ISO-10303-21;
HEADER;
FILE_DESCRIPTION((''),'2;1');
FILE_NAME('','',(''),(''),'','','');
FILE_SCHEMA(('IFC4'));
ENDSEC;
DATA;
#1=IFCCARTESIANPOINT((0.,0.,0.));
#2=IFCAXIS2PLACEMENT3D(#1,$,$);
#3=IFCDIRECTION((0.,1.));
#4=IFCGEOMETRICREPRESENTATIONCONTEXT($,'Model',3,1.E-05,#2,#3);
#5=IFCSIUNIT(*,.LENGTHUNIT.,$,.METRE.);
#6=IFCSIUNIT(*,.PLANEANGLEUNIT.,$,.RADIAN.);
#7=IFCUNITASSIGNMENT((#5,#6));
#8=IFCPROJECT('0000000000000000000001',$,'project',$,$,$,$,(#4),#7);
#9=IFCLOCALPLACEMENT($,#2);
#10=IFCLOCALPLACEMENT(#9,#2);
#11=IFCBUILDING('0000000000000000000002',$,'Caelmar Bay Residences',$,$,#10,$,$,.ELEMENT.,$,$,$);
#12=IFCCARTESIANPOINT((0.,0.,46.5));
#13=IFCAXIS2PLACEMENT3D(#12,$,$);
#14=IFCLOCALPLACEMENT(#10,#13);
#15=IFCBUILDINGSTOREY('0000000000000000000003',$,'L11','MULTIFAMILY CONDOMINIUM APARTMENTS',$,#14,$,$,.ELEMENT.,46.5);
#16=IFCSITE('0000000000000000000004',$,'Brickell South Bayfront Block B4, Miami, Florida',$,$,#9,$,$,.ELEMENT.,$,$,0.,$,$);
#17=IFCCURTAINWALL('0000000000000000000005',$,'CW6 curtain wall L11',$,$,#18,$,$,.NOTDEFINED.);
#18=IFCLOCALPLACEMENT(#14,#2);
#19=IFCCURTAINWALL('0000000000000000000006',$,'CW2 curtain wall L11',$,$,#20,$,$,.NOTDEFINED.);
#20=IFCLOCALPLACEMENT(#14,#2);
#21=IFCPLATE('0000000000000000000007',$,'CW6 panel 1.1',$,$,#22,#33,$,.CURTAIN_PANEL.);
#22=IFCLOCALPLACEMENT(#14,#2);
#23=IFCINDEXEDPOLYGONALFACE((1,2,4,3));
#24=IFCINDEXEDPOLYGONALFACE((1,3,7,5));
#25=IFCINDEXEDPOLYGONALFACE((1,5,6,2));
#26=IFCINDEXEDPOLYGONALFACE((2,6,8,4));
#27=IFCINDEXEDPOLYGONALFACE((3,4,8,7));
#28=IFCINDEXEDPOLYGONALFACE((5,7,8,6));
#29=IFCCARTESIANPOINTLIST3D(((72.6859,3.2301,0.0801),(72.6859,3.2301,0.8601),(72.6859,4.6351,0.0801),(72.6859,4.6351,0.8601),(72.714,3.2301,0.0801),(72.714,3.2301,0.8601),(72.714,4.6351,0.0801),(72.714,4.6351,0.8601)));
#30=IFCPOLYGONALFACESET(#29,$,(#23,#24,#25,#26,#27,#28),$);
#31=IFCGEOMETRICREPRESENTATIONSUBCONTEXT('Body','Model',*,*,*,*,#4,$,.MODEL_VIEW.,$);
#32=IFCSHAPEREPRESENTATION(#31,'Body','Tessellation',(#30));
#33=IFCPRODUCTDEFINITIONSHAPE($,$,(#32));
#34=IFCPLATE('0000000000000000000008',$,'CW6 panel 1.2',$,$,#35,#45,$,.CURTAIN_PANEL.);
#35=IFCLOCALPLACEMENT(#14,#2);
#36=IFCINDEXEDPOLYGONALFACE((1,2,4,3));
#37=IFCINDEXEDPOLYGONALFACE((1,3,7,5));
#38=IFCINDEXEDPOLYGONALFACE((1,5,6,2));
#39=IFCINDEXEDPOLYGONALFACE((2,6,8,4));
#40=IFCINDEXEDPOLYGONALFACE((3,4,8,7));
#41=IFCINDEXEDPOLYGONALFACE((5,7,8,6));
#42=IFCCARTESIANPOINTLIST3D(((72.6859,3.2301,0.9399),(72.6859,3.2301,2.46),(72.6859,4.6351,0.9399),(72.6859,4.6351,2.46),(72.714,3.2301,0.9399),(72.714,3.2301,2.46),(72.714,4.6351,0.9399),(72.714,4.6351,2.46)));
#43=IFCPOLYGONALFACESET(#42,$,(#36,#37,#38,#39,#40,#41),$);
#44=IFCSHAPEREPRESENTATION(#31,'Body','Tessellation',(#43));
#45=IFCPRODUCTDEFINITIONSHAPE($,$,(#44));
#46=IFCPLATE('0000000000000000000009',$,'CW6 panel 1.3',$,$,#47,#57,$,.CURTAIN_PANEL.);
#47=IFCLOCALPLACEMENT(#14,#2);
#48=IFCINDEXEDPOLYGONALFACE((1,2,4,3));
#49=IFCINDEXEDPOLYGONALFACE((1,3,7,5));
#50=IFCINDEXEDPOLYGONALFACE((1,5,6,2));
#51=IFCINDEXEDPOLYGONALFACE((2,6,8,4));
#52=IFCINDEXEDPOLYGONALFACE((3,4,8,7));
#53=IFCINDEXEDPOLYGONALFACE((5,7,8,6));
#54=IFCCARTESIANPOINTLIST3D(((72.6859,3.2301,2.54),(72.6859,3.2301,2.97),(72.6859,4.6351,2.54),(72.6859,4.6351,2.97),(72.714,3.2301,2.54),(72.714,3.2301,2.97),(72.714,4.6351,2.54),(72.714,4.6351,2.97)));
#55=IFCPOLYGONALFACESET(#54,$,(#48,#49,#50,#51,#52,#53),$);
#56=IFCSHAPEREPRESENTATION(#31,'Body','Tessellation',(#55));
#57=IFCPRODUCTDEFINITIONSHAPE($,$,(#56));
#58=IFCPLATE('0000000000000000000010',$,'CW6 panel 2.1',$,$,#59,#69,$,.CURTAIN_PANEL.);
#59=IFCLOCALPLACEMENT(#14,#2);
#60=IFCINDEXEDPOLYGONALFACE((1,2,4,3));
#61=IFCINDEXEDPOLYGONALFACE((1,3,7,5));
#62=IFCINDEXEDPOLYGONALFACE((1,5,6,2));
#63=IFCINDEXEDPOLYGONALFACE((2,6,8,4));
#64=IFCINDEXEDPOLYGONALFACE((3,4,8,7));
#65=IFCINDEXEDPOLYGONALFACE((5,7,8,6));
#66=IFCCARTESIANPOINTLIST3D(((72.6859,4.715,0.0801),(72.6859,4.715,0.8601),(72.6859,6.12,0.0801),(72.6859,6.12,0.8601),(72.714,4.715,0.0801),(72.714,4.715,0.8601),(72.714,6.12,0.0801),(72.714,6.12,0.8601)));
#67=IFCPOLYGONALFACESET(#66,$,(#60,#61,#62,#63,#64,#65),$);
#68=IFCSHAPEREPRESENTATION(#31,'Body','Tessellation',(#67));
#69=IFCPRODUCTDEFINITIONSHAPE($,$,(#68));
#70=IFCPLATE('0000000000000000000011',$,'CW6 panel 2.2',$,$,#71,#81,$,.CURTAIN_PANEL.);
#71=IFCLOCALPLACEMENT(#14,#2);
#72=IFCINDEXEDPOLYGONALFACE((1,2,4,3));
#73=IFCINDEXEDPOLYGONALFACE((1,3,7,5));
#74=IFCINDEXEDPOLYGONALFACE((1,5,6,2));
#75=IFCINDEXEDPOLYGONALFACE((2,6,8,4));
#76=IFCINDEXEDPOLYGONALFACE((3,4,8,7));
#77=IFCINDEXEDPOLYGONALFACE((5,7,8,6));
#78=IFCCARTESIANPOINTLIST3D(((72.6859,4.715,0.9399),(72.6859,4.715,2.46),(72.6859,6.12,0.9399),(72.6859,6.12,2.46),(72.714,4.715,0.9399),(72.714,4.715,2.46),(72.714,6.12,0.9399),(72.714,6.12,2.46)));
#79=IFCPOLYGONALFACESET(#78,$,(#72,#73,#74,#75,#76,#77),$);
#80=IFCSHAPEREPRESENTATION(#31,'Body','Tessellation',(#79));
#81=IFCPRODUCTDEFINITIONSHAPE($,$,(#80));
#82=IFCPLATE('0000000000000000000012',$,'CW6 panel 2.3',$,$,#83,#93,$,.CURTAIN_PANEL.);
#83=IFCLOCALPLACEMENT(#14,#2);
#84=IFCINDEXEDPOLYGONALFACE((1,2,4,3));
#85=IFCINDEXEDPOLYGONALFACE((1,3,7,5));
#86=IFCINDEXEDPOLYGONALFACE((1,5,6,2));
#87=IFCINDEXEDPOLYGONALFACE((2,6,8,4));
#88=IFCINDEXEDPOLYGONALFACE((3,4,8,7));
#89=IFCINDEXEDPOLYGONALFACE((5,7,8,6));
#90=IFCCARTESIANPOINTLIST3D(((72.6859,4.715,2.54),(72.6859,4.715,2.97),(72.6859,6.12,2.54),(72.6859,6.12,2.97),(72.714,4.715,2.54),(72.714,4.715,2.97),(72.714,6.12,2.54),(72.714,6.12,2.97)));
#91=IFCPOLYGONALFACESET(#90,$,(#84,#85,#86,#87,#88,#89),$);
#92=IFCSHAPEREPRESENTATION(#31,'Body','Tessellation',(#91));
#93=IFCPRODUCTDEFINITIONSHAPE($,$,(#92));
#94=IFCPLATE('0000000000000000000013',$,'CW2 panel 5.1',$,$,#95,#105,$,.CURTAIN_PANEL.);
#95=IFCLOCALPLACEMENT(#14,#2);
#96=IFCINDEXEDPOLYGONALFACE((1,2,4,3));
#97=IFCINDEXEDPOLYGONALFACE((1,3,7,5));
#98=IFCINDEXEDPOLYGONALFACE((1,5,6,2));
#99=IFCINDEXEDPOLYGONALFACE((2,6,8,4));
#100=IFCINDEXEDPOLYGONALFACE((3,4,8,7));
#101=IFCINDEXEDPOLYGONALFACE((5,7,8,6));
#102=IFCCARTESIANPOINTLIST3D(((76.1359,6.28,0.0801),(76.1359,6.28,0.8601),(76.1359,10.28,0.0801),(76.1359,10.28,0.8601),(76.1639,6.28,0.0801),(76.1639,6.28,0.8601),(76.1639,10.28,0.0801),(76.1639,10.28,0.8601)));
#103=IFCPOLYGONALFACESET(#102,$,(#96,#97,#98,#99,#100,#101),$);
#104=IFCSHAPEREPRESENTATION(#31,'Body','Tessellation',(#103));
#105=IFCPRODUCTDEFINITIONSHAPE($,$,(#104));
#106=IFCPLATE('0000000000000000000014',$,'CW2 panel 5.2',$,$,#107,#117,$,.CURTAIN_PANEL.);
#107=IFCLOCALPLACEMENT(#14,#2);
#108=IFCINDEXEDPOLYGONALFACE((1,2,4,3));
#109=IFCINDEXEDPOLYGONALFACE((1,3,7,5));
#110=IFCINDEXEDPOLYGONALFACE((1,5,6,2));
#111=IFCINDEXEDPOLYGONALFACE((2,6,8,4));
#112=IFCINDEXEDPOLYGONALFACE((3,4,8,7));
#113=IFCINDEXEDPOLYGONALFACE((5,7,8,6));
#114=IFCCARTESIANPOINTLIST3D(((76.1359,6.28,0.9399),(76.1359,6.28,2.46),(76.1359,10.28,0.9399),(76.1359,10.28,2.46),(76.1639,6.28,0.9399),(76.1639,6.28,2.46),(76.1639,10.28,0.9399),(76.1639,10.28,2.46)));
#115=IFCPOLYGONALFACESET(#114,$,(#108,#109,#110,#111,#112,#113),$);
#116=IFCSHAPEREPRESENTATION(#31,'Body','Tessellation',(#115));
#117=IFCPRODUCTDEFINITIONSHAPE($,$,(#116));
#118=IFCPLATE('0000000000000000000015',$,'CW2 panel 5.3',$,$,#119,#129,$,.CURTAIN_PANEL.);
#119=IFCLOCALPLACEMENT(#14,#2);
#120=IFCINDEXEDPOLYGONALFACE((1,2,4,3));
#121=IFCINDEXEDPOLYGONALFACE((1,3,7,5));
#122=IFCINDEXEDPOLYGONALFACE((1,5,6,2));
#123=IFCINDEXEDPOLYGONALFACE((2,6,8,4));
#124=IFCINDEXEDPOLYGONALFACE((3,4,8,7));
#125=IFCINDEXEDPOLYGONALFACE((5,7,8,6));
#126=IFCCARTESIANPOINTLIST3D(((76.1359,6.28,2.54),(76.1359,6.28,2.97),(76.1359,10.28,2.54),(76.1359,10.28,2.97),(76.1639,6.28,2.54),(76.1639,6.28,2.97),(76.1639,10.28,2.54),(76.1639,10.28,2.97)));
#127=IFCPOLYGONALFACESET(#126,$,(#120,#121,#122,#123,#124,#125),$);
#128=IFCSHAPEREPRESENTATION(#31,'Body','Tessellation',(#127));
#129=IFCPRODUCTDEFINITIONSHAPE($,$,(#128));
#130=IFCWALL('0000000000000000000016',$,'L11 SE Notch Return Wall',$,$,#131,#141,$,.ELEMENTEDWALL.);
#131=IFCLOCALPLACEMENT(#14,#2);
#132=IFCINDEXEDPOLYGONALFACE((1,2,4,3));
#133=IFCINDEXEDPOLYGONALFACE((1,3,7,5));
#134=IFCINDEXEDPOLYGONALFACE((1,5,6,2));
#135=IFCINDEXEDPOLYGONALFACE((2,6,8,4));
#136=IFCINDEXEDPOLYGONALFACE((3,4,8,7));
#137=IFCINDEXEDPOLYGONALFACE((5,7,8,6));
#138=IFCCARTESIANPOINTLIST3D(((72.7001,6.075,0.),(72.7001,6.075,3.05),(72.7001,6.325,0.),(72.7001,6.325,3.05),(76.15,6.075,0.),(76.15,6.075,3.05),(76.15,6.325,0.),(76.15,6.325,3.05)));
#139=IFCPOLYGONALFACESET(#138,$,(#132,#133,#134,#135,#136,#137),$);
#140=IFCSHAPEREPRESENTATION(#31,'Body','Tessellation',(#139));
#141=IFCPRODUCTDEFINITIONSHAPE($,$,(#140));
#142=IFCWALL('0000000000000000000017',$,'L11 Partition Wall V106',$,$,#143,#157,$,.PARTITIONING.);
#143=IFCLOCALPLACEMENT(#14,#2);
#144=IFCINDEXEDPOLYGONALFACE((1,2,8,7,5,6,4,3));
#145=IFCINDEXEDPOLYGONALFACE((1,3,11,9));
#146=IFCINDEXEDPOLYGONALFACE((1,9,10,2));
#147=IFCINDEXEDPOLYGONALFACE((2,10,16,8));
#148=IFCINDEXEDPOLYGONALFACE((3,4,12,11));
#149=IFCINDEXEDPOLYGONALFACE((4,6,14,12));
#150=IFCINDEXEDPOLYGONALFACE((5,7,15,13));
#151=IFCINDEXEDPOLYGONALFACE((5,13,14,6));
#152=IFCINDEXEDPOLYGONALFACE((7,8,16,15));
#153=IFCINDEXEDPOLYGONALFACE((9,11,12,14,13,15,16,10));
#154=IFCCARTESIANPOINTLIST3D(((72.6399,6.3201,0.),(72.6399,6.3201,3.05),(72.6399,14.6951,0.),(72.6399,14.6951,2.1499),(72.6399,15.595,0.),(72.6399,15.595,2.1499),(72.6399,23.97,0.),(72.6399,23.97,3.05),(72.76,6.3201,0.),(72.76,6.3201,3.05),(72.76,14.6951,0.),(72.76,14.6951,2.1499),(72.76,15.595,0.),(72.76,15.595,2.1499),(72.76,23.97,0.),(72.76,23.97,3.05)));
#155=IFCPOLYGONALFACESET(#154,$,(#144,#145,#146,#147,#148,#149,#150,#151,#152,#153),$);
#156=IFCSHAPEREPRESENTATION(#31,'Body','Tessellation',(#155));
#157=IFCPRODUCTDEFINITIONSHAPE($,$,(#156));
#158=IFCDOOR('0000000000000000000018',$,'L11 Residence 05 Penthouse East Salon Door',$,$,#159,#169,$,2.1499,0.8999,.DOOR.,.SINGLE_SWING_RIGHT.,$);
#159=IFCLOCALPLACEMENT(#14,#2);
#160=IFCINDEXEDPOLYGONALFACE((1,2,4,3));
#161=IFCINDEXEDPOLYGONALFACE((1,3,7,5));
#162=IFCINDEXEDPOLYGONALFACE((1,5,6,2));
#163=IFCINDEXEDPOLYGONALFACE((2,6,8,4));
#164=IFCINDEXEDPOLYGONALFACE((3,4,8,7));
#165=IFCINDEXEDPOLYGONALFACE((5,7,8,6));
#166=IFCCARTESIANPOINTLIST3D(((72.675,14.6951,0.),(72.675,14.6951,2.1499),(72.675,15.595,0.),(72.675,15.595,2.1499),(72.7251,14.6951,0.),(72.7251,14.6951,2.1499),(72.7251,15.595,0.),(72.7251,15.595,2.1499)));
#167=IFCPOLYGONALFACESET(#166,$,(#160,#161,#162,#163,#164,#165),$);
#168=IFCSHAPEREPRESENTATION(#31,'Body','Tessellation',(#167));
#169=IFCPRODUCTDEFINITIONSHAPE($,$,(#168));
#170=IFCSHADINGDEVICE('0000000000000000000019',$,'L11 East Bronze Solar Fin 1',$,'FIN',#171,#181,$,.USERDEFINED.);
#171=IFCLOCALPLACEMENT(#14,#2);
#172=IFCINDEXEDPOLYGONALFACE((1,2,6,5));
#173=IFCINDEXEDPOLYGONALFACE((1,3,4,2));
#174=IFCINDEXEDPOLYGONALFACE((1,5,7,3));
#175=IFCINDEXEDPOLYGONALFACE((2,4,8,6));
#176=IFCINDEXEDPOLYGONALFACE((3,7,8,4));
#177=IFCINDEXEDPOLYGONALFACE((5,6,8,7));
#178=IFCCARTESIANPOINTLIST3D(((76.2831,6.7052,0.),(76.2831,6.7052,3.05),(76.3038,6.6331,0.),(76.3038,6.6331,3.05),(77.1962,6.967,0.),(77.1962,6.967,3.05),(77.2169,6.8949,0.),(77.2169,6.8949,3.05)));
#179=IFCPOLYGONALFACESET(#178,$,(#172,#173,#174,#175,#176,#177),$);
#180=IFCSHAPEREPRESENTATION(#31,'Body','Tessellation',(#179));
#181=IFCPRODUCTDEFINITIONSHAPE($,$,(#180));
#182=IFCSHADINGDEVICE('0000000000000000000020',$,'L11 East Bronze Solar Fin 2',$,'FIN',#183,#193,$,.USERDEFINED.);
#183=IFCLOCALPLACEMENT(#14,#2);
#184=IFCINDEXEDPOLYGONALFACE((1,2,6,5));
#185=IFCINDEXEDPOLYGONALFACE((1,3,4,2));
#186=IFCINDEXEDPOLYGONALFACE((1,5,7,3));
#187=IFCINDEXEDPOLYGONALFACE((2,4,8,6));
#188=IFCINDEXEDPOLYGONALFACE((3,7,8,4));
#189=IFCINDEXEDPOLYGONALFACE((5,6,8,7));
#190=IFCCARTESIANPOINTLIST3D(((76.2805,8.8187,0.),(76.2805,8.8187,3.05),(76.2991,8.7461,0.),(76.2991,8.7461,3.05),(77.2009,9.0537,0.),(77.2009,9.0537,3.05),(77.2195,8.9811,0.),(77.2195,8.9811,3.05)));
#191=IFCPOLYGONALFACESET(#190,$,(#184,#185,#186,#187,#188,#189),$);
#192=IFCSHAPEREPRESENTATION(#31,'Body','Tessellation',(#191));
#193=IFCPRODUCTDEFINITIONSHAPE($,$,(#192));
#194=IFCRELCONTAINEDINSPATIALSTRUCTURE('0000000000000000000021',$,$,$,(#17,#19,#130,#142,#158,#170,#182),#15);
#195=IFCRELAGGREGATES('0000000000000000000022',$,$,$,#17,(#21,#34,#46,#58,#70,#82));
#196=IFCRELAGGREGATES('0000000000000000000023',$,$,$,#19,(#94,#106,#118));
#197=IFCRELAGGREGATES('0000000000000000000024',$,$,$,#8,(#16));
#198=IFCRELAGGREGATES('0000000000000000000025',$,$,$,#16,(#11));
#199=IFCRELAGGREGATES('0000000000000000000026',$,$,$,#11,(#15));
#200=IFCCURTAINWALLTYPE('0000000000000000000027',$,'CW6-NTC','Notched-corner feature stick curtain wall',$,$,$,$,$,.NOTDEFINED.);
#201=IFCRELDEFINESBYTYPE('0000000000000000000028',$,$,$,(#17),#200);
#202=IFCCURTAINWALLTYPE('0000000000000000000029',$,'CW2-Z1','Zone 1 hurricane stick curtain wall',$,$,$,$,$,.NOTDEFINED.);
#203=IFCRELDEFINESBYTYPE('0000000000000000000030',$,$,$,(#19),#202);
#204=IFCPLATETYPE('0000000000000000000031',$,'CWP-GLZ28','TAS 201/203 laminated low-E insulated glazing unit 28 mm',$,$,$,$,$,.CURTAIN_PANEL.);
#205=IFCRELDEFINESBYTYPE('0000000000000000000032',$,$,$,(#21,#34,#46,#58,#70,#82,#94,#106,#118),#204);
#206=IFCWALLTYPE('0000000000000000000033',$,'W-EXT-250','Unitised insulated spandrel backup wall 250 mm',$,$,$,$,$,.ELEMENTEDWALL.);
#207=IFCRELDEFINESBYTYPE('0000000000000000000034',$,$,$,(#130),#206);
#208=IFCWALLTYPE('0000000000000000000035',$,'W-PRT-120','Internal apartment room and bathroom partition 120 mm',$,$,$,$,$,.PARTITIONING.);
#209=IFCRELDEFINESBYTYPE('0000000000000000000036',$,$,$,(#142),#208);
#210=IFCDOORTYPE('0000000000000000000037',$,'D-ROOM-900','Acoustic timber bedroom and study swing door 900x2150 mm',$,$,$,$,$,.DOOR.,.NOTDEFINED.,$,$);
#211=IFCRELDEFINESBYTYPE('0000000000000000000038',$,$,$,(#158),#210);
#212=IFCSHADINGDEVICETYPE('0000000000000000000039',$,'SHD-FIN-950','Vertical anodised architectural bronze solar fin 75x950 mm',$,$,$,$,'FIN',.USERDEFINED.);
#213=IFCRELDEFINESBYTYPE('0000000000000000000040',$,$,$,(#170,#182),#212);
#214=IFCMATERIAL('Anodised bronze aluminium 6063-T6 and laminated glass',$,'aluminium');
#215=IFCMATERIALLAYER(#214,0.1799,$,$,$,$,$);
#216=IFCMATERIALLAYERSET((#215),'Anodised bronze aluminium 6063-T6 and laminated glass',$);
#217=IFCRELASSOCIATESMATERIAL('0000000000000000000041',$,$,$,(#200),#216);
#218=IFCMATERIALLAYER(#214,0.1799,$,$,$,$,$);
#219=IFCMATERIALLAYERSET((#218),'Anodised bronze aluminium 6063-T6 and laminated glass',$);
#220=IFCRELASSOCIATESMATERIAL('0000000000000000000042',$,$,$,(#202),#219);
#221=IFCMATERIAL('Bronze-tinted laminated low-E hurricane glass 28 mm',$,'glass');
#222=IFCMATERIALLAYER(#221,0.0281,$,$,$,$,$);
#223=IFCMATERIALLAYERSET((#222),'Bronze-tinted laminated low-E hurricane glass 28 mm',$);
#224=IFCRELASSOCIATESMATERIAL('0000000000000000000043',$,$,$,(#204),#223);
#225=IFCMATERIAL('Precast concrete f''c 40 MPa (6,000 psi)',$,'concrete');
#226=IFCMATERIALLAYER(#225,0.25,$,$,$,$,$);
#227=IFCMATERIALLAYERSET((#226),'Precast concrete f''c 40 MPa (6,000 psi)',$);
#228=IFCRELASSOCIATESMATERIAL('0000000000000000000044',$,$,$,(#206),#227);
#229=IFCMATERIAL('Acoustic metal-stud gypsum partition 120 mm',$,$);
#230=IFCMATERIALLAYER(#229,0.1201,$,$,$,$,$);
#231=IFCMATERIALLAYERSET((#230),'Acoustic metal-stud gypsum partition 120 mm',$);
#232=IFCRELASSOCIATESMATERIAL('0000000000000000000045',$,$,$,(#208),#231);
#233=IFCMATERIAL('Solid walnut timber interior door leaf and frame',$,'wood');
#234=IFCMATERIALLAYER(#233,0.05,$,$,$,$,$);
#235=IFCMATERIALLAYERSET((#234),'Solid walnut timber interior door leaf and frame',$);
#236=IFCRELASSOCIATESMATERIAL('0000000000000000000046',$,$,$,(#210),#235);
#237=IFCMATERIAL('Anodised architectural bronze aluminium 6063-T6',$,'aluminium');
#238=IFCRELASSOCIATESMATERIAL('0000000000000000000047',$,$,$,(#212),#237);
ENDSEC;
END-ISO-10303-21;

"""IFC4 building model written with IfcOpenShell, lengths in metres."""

from ifc_helpers import new_model, si_unit, direction, frame, frame_2d, origin, origin_2d, place, context, subcontext, project, spatial, rectangle, extrude, material, layer, layer_set, material_profile, profile_set, type_object, element, fill, aggregate, save


model = new_model("IFC4")

# Units and contexts
model_context = context("Model", 3, precision=1e-05, world=origin(), true_north=direction((0.0, 1.0)))
body_context = subcontext(model_context, "Body", "Model", "MODEL_VIEW")
ifc_project = project(units=[si_unit("LENGTHUNIT", "METRE"), si_unit("PLANEANGLEUNIT", "RADIAN")], contexts=[model_context])

# Site, building, storey
site_placement = place(None, origin())
site = spatial("IfcSite", under=ifc_project, at=site_placement, Name="Brickell South Bayfront Block B4, Miami, Florida", CompositionType="ELEMENT", RefElevation=0.0)
building_placement = place(site_placement, origin())
building = spatial("IfcBuilding", under=site, at=building_placement, Name="Caelmar Bay Residences", CompositionType="ELEMENT")
storey_placement = place(building_placement, frame((0.0, 0.0, 46.5)))
storey = spatial("IfcBuildingStorey", under=building, at=storey_placement, Name="L11", Description="MULTIFAMILY CONDOMINIUM APARTMENTS", CompositionType="ELEMENT", Elevation=46.5)

# Curtain walls
ifc_material_1 = material(Name="Anodised bronze aluminium 6063-T6 and laminated glass", Category="aluminium")
ifc_layer_1 = layer(ifc_material_1, 0.1799)
ifc_layer_set_1 = layer_set([ifc_layer_1], Name="Anodised bronze aluminium 6063-T6 and laminated glass")
curtain_wall_type_1 = type_object("IfcCurtainWallType", Name="CW6-NTC", Description="Notched-corner feature stick curtain wall", PredefinedType="NOTDEFINED", material=ifc_layer_set_1)
curtain_wall_1_placement = place(storey_placement, origin())
curtain_wall_1 = element("IfcCurtainWall", 1, at=curtain_wall_1_placement, inside=storey, type_object=curtain_wall_type_1, Name="CW6 curtain wall L11", PredefinedType="NOTDEFINED")
ifc_layer_2 = layer(ifc_material_1, 0.1799)
ifc_layer_set_2 = layer_set([ifc_layer_2], Name="Anodised bronze aluminium 6063-T6 and laminated glass")
curtain_wall_type_2 = type_object("IfcCurtainWallType", Name="CW2-Z1", Description="Zone 1 hurricane stick curtain wall", PredefinedType="NOTDEFINED", material=ifc_layer_set_2)
curtain_wall_2_placement = place(storey_placement, origin())
curtain_wall_2 = element("IfcCurtainWall", 2, at=curtain_wall_2_placement, inside=storey, type_object=curtain_wall_type_2, Name="CW2 curtain wall L11", PredefinedType="NOTDEFINED")

# Plates
ifc_material_2 = material(Name="Bronze-tinted laminated low-E hurricane glass 28 mm", Category="glass")
ifc_layer_3 = layer(ifc_material_2, 0.0281)
ifc_layer_set_3 = layer_set([ifc_layer_3], Name="Bronze-tinted laminated low-E hurricane glass 28 mm")
plate_type = type_object("IfcPlateType", Name="CWP-GLZ28", Description="TAS 201/203 laminated low-E insulated glazing unit 28 mm", PredefinedType="CURTAIN_PANEL", material=ifc_layer_set_3)
plate_1_placement = place(storey_placement, frame((72.7, 3.9326, 0.0801), z_axis=(0.0, 0.0, 1.0), x_axis=(0.0, 1.0, 0.0)))
plate_1 = element("IfcPlate", 3, at=plate_1_placement, type_object=plate_type, Name="CW6 panel 1.1", PredefinedType="CURTAIN_PANEL", context=body_context, shape_type="SweptSolid", body=[
    extrude(rectangle(XDim=1.405, YDim=0.0281, at=origin_2d()), origin(), (0.0, 0.0, 1.0), 0.78),
])
plate_2_placement = place(storey_placement, frame((72.7, 3.9326, 0.9399), z_axis=(0.0, 0.0, 1.0), x_axis=(0.0, 1.0, 0.0)))
plate_2 = element("IfcPlate", 4, at=plate_2_placement, type_object=plate_type, Name="CW6 panel 1.2", PredefinedType="CURTAIN_PANEL", context=body_context, shape_type="SweptSolid", body=[
    extrude(rectangle(XDim=1.405, YDim=0.0281, at=origin_2d()), origin(), (0.0, 0.0, 1.0), 1.52),
])
plate_3_placement = place(storey_placement, frame((72.7, 3.9326, 2.54), z_axis=(0.0, 0.0, 1.0), x_axis=(0.0, 1.0, 0.0)))
plate_3 = element("IfcPlate", 5, at=plate_3_placement, type_object=plate_type, Name="CW6 panel 1.3", PredefinedType="CURTAIN_PANEL", context=body_context, shape_type="SweptSolid", body=[
    extrude(rectangle(XDim=1.405, YDim=0.0281, at=origin_2d()), origin(), (0.0, 0.0, 1.0), 0.4299),
])
plate_4_placement = place(storey_placement, frame((72.7, 5.4175, 0.0801), z_axis=(0.0, 0.0, 1.0), x_axis=(0.0, 1.0, 0.0)))
plate_4 = element("IfcPlate", 6, at=plate_4_placement, type_object=plate_type, Name="CW6 panel 2.1", PredefinedType="CURTAIN_PANEL", context=body_context, shape_type="SweptSolid", body=[
    extrude(rectangle(XDim=1.405, YDim=0.0281, at=origin_2d()), origin(), (0.0, 0.0, 1.0), 0.78),
])
plate_5_placement = place(storey_placement, frame((72.7, 5.4175, 0.9399), z_axis=(0.0, 0.0, 1.0), x_axis=(0.0, 1.0, 0.0)))
plate_5 = element("IfcPlate", 7, at=plate_5_placement, type_object=plate_type, Name="CW6 panel 2.2", PredefinedType="CURTAIN_PANEL", context=body_context, shape_type="SweptSolid", body=[
    extrude(rectangle(XDim=1.405, YDim=0.0281, at=origin_2d()), origin(), (0.0, 0.0, 1.0), 1.52),
])
plate_6_placement = place(storey_placement, frame((72.7, 5.4175, 2.54), z_axis=(0.0, 0.0, 1.0), x_axis=(0.0, 1.0, 0.0)))
plate_6 = element("IfcPlate", 8, at=plate_6_placement, type_object=plate_type, Name="CW6 panel 2.3", PredefinedType="CURTAIN_PANEL", context=body_context, shape_type="SweptSolid", body=[
    extrude(rectangle(XDim=1.405, YDim=0.0281, at=origin_2d()), origin(), (0.0, 0.0, 1.0), 0.4299),
])
aggregate(curtain_wall_1, [plate_1, plate_2, plate_3, plate_4, plate_5, plate_6])
plate_7_placement = place(storey_placement, frame((76.1499, 8.28, 0.0801), z_axis=(0.0, 0.0, 1.0), x_axis=(0.0, -1.0, 0.0)))
plate_7 = element("IfcPlate", 9, at=plate_7_placement, type_object=plate_type, Name="CW2 panel 5.1", PredefinedType="CURTAIN_PANEL", context=body_context, shape_type="SweptSolid", body=[
    extrude(rectangle(XDim=4.0, YDim=0.0281, at=origin_2d()), origin(), (0.0, 0.0, 1.0), 0.78),
])
plate_8_placement = place(storey_placement, frame((76.1499, 8.28, 0.9399), z_axis=(0.0, 0.0, 1.0), x_axis=(0.0, -1.0, 0.0)))
plate_8 = element("IfcPlate", 10, at=plate_8_placement, type_object=plate_type, Name="CW2 panel 5.2", PredefinedType="CURTAIN_PANEL", context=body_context, shape_type="SweptSolid", body=[
    extrude(rectangle(XDim=4.0, YDim=0.0281, at=origin_2d()), origin(), (0.0, 0.0, 1.0), 1.52),
])
plate_9_placement = place(storey_placement, frame((76.1499, 8.28, 2.54), z_axis=(0.0, 0.0, 1.0), x_axis=(0.0, -1.0, 0.0)))
plate_9 = element("IfcPlate", 11, at=plate_9_placement, type_object=plate_type, Name="CW2 panel 5.3", PredefinedType="CURTAIN_PANEL", context=body_context, shape_type="SweptSolid", body=[
    extrude(rectangle(XDim=4.0, YDim=0.0281, at=origin_2d()), origin(), (0.0, 0.0, 1.0), 0.4299),
])
aggregate(curtain_wall_2, [plate_7, plate_8, plate_9])

# Wall
ifc_material_3 = material(Name="Precast concrete f'c 40 MPa (6,000 psi)", Category="concrete")
ifc_layer_4 = layer(ifc_material_3, 0.25)
ifc_layer_set_4 = layer_set([ifc_layer_4], Name="Precast concrete f'c 40 MPa (6,000 psi)")
wall_type_1 = type_object("IfcWallType", Name="W-EXT-250", Description="Unitised insulated spandrel backup wall 250 mm", PredefinedType="ELEMENTEDWALL", material=ifc_layer_set_4)
wall_1_placement = place(storey_placement, frame((72.7, 6.2, 0.0), z_axis=(0.0, 0.0, 1.0), x_axis=(1.0, 0.0, 0.0)))
element("IfcWall", 12, at=wall_1_placement, inside=storey, type_object=wall_type_1, Name="L11 SE Notch Return Wall", PredefinedType="ELEMENTEDWALL", context=body_context, shape_type="SweptSolid", body=[
    extrude(rectangle(XDim=3.45, YDim=0.25, at=frame_2d((1.7251, 0.0))), origin(), (0.0, 0.0, 1.0), 3.05),
])

# Wall, opening, door
ifc_material_4 = material(Name="Acoustic metal-stud gypsum partition 120 mm")
ifc_layer_5 = layer(ifc_material_4, 0.1201)
ifc_layer_set_5 = layer_set([ifc_layer_5], Name="Acoustic metal-stud gypsum partition 120 mm")
wall_type_2 = type_object("IfcWallType", Name="W-PRT-120", Description="Internal apartment room and bathroom partition 120 mm", PredefinedType="PARTITIONING", material=ifc_layer_set_5)
wall_2_placement = place(storey_placement, frame((72.7, 6.3201, 0.0), z_axis=(0.0, 0.0, 1.0), x_axis=(0.0, 1.0, 0.0)))
wall_2 = element("IfcWall", 13, at=wall_2_placement, inside=storey, type_object=wall_type_2, Name="L11 Partition Wall V106", PredefinedType="PARTITIONING", context=body_context, shape_type="SweptSolid", body=[
    extrude(rectangle(XDim=17.6499, YDim=0.1201, at=frame_2d((8.825, 0.0))), origin(), (0.0, 0.0, 1.0), 3.05),
])
opening_placement = place(wall_2_placement, frame((8.375, 0.0, 0.0)))
opening = element("IfcOpeningElement", 14, at=opening_placement, cuts=wall_2, PredefinedType="OPENING", context=body_context, shape_type="SweptSolid", body=[
    extrude(rectangle(XDim=0.8999, YDim=2.1499, at=frame_2d((0.45, 1.075))), frame((0.0, 0.0701, 0.0), z_axis=(0.0, -1.0, 0.0), x_axis=(1.0, 0.0, 0.0)), (0.0, 0.0, 1.0), 0.1401),
])
ifc_material_5 = material(Name="Solid walnut timber interior door leaf and frame", Category="wood")
ifc_layer_6 = layer(ifc_material_5, 0.05)
ifc_layer_set_6 = layer_set([ifc_layer_6], Name="Solid walnut timber interior door leaf and frame")
door_type = type_object("IfcDoorType", Name="D-ROOM-900", Description="Acoustic timber bedroom and study swing door 900x2150 mm", OperationType="NOTDEFINED", PredefinedType="DOOR", material=ifc_layer_set_6)
door_placement = place(opening_placement, origin())
door = element("IfcDoor", 15, at=door_placement, inside=storey, type_object=door_type, Name="L11 Residence 05 Penthouse East Salon Door", OperationType="SINGLE_SWING_RIGHT", OverallHeight=2.1499, OverallWidth=0.8999, PredefinedType="DOOR", context=body_context, shape_type="SweptSolid", body=[
    extrude(rectangle(XDim=0.8999, YDim=2.1499, at=frame_2d((0.45, 1.075))), frame((0.0, 0.0249, 0.0), z_axis=(0.0, -1.0, 0.0), x_axis=(1.0, 0.0, 0.0)), (0.0, 0.0, 1.0), 0.05),
])
fill(opening, door)

# Shading devices
ifc_material_6 = material(Name="Anodised architectural bronze aluminium 6063-T6", Category="aluminium")
ifc_material_profile_1 = material_profile(ifc_material_6, rectangle(XDim=0.075, YDim=0.95, at=origin_2d()), Name="BRONZE-FIN-75X950")
ifc_profile_set_1 = profile_set([ifc_material_profile_1], Name="Anodised architectural bronze aluminium 6063-T6")
shading_device_type = type_object("IfcShadingDeviceType", Name="SHD-FIN-950", Description="Vertical anodised architectural bronze solar fin 75x950 mm", ElementType="FIN", PredefinedType="USERDEFINED", material=ifc_profile_set_1)
for number, where, z_axis, x_axis, name in (
    (16, (76.75, 6.8, 0.0), (0.0, 0.0, 1.0), (-0.275637, 0.961262, 0.0), "L11 East Bronze Solar Fin 1"),
    (17, (76.75, 8.8999, 0.0), (0.0, 0.0, 1.0), (-0.247337, 0.968929, 0.0), "L11 East Bronze Solar Fin 2"),
):
    element("IfcShadingDevice", number, at=place(storey_placement, frame(where, z_axis=z_axis, x_axis=x_axis)), inside=storey, type_object=shading_device_type, Name=name, ObjectType="FIN", PredefinedType="USERDEFINED", context=body_context, shape_type="SweptSolid", body=[
        extrude(rectangle(XDim=0.075, YDim=0.95, at=origin_2d()), origin(), (0.0, 0.0, 1.0), 3.05),
    ])

save(model, "model.ifc")
